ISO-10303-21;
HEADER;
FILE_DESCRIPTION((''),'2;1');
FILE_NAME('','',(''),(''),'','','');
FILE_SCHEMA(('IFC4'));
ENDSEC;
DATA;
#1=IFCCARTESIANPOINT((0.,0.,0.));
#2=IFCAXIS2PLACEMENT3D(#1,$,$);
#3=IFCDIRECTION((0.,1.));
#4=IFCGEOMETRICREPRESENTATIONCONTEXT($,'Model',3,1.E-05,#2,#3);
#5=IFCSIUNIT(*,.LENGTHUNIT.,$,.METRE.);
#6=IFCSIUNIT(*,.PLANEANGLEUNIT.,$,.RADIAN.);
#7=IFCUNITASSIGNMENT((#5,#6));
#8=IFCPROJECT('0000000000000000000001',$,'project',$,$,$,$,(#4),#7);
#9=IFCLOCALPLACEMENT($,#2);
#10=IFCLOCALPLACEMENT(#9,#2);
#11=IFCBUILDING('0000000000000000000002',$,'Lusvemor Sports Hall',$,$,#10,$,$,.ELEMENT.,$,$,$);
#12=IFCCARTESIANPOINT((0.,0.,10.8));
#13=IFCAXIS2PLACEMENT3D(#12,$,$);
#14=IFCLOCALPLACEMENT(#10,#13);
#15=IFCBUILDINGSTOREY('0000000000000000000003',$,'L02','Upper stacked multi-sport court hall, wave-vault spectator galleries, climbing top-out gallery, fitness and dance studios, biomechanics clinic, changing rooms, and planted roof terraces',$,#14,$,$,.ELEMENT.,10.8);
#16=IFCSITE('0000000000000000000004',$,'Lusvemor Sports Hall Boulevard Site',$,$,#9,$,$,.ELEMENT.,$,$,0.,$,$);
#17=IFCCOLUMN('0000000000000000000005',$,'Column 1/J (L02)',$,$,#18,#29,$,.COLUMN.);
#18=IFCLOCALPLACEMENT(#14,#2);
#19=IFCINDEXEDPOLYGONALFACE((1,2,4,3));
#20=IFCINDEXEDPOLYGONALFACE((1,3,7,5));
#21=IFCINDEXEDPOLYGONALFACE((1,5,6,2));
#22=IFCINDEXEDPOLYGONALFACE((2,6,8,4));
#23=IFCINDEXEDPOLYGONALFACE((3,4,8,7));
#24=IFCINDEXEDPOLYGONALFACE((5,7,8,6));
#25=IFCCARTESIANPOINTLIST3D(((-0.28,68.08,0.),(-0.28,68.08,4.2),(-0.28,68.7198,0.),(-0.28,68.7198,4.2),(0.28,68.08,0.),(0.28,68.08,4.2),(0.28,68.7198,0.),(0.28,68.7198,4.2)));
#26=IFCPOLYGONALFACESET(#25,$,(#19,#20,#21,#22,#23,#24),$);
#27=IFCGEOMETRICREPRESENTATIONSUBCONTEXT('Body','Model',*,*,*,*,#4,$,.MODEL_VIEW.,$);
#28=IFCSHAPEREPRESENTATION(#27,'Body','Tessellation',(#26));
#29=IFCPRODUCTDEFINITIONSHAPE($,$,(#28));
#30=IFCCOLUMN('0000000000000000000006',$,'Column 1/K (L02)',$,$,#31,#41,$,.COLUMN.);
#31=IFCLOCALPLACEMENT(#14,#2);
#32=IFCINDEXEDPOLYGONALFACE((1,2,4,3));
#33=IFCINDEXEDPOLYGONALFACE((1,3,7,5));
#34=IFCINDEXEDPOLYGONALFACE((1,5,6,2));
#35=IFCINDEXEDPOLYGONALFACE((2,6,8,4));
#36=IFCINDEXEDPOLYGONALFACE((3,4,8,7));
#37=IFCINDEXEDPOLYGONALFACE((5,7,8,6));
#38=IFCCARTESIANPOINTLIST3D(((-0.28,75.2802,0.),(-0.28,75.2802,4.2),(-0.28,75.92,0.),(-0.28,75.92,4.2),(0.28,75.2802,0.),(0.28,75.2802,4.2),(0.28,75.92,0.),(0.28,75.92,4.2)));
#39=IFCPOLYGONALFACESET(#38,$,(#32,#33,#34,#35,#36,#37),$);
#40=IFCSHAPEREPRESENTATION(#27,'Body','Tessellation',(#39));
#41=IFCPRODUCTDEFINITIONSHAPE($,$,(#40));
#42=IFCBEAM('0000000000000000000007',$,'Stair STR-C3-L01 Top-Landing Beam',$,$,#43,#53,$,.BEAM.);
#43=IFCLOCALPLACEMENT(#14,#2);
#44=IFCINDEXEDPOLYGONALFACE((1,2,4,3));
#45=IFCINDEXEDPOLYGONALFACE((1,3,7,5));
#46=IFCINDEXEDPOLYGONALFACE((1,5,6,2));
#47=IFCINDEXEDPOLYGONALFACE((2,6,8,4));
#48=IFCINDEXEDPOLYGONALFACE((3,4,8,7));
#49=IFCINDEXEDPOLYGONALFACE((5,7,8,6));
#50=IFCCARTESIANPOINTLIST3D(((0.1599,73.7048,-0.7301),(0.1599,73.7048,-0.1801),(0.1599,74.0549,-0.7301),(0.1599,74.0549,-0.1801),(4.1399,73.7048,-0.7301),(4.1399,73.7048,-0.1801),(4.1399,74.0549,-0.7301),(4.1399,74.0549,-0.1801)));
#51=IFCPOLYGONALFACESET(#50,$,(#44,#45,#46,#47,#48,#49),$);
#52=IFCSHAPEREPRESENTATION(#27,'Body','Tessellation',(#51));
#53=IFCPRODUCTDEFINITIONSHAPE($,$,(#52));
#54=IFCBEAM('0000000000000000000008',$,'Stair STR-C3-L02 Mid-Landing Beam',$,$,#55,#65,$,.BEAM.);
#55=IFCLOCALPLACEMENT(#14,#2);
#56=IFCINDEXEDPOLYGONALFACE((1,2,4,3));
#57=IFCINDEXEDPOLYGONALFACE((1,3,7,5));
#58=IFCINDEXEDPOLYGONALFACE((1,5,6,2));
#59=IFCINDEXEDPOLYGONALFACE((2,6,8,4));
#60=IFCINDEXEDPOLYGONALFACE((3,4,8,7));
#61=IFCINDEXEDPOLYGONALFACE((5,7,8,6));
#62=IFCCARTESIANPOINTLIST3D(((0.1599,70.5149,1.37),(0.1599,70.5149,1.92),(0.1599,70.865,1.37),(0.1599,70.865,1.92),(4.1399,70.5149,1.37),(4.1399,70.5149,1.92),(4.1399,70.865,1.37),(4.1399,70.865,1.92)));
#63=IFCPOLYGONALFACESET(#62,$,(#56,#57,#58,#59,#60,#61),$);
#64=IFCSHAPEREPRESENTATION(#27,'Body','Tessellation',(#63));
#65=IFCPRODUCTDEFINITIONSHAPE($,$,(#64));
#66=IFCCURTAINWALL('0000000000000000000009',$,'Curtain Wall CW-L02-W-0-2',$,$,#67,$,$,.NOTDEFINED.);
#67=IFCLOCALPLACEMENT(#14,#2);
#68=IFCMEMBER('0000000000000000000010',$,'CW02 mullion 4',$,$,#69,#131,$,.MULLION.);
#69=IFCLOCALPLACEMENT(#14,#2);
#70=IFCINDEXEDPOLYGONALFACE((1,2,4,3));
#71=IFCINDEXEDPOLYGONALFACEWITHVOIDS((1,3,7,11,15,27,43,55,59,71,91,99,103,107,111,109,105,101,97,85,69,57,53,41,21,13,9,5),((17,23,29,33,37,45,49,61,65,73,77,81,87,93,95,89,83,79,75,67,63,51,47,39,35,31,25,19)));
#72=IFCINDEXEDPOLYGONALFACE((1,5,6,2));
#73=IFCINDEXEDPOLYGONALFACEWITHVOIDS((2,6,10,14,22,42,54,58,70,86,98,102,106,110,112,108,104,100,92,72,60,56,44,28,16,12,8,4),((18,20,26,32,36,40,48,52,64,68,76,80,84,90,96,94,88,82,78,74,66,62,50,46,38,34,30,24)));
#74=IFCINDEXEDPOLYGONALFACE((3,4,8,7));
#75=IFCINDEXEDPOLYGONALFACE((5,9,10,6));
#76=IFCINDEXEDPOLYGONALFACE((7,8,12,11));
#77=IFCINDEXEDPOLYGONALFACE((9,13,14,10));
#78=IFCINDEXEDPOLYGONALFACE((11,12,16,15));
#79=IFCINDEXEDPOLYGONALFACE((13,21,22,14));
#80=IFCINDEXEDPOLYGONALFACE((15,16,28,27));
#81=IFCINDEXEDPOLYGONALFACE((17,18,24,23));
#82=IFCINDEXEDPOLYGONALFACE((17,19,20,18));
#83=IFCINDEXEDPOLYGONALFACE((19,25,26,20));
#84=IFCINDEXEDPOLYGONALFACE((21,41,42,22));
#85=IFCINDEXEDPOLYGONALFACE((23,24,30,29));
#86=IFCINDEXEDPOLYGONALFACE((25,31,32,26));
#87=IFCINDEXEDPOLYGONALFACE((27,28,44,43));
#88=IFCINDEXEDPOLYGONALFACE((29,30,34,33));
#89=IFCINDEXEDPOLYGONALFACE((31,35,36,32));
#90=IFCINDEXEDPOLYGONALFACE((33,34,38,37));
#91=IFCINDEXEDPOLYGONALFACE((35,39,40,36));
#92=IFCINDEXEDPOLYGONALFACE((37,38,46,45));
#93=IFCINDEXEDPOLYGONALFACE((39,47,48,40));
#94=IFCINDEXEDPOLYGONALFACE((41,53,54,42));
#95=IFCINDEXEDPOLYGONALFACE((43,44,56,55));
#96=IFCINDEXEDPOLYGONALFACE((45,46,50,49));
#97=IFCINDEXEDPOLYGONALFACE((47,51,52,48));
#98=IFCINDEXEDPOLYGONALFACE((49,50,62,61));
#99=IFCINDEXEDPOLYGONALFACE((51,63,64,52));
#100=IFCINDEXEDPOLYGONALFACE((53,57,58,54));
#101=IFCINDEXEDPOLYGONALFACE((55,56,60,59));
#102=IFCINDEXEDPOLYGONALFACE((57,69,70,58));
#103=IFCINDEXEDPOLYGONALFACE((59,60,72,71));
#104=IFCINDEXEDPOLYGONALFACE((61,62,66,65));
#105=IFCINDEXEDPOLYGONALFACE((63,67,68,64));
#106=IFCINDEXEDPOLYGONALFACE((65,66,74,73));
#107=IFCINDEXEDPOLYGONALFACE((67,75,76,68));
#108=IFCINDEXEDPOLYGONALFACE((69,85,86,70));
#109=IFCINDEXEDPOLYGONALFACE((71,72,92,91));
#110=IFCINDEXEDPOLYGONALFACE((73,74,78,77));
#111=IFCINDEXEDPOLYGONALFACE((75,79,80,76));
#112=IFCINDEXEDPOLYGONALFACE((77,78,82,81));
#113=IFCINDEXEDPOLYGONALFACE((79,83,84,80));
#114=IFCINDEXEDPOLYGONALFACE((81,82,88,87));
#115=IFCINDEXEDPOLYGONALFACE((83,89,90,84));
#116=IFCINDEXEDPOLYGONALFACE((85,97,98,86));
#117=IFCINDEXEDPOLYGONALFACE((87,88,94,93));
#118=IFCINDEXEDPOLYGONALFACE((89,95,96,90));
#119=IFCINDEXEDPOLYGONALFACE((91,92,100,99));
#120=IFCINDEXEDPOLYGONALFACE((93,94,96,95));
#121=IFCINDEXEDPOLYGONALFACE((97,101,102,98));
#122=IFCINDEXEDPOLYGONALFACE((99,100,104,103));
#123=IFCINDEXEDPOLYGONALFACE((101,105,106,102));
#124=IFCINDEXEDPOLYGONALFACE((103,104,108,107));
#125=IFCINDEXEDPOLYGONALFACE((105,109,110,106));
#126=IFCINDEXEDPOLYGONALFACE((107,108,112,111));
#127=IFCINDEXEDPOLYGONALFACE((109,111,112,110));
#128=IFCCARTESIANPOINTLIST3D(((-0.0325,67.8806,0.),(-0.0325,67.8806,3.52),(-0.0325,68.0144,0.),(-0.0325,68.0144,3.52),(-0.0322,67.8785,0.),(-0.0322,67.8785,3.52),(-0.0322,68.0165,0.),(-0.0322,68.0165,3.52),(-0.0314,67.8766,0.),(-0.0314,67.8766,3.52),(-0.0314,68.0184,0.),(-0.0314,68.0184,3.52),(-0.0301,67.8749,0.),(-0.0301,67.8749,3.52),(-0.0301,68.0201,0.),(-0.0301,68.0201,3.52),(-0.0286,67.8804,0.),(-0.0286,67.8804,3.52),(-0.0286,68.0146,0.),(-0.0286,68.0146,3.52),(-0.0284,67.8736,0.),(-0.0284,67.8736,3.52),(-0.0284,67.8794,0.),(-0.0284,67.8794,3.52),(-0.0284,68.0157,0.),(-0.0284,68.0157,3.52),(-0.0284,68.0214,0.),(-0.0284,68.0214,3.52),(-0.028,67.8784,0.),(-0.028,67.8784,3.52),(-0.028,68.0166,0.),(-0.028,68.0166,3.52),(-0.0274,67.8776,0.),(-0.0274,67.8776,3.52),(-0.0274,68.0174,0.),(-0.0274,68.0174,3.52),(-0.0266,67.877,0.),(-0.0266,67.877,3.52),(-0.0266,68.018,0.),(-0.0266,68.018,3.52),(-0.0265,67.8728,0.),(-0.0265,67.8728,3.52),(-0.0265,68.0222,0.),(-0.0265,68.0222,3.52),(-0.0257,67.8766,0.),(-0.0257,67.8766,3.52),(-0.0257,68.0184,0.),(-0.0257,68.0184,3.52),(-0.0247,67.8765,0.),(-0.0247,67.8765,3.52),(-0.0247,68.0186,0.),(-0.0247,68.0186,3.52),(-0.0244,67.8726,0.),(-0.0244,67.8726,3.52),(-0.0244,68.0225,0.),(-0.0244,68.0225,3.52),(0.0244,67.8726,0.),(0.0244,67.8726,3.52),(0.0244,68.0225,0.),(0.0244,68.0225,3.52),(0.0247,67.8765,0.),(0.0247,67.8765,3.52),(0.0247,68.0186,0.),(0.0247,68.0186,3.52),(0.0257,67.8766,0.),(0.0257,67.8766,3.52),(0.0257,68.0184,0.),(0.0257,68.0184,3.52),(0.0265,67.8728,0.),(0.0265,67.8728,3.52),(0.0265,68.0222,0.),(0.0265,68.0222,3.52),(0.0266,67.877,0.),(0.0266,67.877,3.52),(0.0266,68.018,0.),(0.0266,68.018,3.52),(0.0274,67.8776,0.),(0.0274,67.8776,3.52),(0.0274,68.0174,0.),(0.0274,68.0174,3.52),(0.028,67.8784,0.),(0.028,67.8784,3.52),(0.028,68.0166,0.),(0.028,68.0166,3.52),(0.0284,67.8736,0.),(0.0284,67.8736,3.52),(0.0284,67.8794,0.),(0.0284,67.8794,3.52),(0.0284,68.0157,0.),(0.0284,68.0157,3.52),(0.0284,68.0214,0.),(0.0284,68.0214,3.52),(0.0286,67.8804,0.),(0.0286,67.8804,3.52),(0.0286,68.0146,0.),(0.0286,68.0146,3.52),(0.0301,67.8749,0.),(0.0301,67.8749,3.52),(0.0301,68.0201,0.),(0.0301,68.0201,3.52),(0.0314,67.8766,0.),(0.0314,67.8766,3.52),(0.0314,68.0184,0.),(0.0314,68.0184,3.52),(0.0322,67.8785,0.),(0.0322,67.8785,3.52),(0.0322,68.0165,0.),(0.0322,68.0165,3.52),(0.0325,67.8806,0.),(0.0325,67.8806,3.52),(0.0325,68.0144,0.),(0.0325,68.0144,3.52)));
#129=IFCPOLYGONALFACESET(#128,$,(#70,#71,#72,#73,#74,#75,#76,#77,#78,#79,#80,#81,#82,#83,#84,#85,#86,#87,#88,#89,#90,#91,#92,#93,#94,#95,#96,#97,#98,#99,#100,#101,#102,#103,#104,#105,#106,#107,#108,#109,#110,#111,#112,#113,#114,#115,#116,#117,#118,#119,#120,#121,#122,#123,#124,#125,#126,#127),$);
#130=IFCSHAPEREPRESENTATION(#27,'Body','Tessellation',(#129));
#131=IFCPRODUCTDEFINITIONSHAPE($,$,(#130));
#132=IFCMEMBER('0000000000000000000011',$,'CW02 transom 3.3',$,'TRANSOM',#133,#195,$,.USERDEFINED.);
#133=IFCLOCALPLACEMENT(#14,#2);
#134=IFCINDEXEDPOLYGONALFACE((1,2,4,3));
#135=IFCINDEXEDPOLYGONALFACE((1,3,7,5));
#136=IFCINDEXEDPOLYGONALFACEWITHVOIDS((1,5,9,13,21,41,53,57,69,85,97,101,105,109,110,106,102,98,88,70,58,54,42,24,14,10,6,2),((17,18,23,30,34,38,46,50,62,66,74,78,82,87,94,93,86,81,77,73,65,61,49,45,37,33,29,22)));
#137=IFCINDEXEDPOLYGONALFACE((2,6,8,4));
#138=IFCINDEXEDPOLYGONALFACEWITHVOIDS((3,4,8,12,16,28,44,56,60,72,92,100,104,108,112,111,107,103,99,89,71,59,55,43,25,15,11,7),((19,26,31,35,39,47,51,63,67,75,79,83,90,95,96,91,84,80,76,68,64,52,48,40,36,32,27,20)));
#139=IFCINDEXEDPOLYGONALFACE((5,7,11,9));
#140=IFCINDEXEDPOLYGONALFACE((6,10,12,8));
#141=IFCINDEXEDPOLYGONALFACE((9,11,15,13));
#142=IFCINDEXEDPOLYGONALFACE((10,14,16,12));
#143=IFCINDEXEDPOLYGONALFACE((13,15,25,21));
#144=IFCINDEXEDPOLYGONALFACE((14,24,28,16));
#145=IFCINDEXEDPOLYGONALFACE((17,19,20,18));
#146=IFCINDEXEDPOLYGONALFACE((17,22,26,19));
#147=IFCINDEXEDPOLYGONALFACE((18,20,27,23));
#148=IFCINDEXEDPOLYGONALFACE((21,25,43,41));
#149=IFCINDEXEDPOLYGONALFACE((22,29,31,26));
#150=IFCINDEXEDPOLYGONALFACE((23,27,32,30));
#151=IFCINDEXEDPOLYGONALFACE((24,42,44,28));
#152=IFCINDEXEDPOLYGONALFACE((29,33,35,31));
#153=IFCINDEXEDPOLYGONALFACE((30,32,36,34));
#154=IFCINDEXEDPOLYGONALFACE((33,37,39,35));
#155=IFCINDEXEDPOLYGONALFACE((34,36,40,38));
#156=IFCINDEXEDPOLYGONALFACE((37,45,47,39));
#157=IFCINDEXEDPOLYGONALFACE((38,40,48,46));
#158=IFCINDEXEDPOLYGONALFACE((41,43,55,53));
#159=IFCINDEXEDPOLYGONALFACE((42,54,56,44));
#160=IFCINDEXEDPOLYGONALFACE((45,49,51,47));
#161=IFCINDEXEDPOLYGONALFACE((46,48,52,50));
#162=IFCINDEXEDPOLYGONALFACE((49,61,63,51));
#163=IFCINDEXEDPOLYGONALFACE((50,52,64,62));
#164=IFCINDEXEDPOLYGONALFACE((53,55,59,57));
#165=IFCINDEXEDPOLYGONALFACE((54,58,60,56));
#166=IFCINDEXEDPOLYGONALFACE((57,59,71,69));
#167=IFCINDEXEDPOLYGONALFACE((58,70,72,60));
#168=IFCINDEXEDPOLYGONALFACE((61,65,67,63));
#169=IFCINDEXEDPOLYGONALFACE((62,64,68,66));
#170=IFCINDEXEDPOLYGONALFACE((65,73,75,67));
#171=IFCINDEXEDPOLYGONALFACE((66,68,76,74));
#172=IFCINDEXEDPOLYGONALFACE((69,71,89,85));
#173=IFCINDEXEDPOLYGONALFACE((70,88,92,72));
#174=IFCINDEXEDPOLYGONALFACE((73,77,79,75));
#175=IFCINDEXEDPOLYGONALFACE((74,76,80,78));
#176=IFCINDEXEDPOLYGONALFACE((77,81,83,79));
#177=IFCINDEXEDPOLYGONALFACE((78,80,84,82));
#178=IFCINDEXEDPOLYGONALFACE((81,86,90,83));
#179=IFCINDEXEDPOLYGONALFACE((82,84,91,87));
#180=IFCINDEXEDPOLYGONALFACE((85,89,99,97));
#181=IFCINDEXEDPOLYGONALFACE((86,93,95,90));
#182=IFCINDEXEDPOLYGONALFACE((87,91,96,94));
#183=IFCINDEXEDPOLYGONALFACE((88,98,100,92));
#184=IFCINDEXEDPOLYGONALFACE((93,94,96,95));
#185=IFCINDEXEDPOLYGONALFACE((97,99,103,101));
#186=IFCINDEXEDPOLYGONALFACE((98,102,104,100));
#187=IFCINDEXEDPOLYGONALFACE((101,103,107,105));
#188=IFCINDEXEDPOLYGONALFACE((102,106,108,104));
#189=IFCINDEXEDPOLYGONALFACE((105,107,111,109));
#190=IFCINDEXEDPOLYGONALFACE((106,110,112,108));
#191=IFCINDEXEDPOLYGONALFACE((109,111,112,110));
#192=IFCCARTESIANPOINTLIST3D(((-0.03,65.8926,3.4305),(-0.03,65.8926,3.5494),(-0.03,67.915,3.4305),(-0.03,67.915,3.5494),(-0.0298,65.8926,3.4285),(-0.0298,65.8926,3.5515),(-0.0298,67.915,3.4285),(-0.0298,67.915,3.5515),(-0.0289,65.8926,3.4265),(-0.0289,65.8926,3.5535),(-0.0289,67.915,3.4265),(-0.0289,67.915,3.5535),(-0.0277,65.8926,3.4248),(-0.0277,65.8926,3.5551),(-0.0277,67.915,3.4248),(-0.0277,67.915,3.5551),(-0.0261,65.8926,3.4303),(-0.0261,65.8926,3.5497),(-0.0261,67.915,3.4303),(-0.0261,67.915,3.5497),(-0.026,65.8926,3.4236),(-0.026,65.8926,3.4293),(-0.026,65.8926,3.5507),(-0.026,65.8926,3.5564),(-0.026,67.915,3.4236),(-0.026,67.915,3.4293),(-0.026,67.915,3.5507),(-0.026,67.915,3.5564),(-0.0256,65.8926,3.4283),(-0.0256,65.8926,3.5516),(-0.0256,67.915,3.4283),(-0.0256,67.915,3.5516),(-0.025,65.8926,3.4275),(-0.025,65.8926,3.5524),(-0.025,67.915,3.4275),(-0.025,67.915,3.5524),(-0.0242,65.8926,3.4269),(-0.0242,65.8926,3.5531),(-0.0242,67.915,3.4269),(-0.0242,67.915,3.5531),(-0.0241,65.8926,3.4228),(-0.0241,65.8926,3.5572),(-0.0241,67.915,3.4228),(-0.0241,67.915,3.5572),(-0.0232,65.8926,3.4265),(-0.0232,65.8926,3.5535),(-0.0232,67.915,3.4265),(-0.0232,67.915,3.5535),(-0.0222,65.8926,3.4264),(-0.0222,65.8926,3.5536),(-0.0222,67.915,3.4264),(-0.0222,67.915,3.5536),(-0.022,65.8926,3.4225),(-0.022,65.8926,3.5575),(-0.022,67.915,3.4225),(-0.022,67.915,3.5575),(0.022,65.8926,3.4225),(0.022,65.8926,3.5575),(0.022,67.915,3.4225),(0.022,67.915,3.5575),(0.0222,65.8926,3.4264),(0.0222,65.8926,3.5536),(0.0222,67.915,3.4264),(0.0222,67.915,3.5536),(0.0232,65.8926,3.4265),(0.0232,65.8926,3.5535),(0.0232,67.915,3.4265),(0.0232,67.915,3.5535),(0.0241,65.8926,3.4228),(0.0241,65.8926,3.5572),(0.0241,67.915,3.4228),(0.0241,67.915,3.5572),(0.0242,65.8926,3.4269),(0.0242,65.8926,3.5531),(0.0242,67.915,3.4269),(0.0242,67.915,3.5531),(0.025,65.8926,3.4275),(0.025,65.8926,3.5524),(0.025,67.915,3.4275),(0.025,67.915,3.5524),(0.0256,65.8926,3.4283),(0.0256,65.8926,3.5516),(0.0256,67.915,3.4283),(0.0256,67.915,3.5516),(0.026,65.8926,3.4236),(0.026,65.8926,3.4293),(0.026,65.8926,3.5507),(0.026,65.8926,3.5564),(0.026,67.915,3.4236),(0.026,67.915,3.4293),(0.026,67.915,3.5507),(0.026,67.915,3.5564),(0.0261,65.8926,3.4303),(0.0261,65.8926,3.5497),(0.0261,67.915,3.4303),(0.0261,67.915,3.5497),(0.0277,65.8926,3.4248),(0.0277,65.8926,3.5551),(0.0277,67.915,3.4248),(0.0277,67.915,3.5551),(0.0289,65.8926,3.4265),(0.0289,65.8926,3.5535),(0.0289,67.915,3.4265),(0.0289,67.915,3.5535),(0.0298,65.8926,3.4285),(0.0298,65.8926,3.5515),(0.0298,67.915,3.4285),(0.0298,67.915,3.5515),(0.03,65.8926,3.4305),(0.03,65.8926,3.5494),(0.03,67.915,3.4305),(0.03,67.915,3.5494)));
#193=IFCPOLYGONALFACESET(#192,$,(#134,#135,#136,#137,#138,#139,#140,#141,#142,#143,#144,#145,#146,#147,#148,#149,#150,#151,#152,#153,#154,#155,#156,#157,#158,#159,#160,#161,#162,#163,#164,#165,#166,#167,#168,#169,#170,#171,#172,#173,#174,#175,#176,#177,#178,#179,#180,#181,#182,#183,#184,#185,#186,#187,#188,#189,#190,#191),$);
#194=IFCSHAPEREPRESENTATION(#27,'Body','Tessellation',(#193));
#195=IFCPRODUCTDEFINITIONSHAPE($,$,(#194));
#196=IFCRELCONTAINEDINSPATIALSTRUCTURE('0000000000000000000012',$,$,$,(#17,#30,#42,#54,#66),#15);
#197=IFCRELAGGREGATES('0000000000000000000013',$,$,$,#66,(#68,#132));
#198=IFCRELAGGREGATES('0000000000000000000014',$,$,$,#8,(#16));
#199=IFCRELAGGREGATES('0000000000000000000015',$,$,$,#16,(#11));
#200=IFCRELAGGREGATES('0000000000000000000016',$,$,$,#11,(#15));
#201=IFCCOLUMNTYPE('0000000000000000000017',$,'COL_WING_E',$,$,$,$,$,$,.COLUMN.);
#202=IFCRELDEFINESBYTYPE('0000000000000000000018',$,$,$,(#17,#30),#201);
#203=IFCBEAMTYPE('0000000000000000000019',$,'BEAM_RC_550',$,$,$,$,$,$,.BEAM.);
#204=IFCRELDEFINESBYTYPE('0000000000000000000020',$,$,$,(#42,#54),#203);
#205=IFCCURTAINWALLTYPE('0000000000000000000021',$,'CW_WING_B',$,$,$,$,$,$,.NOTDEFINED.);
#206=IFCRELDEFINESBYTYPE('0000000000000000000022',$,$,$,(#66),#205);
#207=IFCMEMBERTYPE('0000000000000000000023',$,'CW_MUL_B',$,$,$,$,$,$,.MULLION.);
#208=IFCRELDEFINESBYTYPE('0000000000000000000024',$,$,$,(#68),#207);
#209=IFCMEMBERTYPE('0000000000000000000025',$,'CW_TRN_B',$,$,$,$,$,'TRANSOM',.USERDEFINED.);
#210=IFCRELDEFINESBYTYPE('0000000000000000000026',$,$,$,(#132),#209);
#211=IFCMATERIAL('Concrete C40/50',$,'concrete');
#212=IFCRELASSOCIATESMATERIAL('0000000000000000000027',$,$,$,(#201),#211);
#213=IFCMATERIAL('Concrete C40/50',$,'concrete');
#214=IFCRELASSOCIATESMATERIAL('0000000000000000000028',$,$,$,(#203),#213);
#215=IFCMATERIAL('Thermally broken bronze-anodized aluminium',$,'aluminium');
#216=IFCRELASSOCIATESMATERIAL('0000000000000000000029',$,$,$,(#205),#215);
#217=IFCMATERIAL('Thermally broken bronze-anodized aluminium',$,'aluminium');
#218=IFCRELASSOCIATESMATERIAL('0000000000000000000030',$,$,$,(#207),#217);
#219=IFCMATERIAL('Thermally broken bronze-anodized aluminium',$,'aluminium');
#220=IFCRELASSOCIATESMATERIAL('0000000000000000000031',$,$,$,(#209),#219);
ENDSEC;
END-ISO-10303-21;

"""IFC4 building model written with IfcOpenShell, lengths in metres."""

from ifc_helpers import new_model, si_unit, direction, frame, origin, origin_2d, place, context, subcontext, project, spatial, rectangle, hollow_rectangle, extrude, material, material_profile, profile_set, type_object, element, aggregate, save


model = new_model("IFC4")

# Units and contexts
model_context = context("Model", 3, precision=1e-05, world=origin(), true_north=direction((0.0, 1.0)))
body_context = subcontext(model_context, "Body", "Model", "MODEL_VIEW")
ifc_project = project(units=[si_unit("LENGTHUNIT", "METRE"), si_unit("PLANEANGLEUNIT", "RADIAN")], contexts=[model_context])

# Site, building, storey
site_placement = place(None, origin())
site = spatial("IfcSite", under=ifc_project, at=site_placement, Name="Lusvemor Sports Hall Boulevard Site", CompositionType="ELEMENT", RefElevation=0.0)
building_placement = place(site_placement, origin())
building = spatial("IfcBuilding", under=site, at=building_placement, Name="Lusvemor Sports Hall", CompositionType="ELEMENT")
storey_placement = place(building_placement, frame((0.0, 0.0, 10.8)))
storey = spatial("IfcBuildingStorey", under=building, at=storey_placement, Name="L02", Description="Upper stacked multi-sport court hall, wave-vault spectator galleries, climbing top-out gallery, fitness and dance studios, biomechanics clinic, changing rooms, and planted roof terraces", CompositionType="ELEMENT", Elevation=10.8)

# Columns
ifc_material_1 = material(Name="Concrete C40/50", Category="concrete")
ifc_material_profile_1 = material_profile(ifc_material_1, rectangle(XDim=0.5601, YDim=0.6399, at=origin_2d()), Name="RC560x640")
ifc_profile_set_1 = profile_set([ifc_material_profile_1], Name="Concrete C40/50")
column_type = type_object("IfcColumnType", Name="COL_WING_E", PredefinedType="COLUMN", material=ifc_profile_set_1)
for number, where, z_axis, x_axis, name in (
    (1, (0.0, 68.3999, 0.0), (0.0, 0.0, 1.0), (1.0, 0.0, 0.0), "Column 1/J (L02)"),
    (2, (0.0, 75.6001, 0.0), (0.0, 0.0, 1.0), (1.0, 0.0, 0.0), "Column 1/K (L02)"),
):
    element("IfcColumn", number, at=place(storey_placement, frame(where, z_axis=z_axis, x_axis=x_axis)), inside=storey, type_object=column_type, Name=name, PredefinedType="COLUMN", context=body_context, shape_type="SweptSolid", body=[
        extrude(rectangle(XDim=0.5601, YDim=0.6399, at=origin_2d()), origin(), (0.0, 0.0, 1.0), 4.2),
    ])

# Beams
ifc_material_2 = material(Name="Concrete C40/50", Category="concrete")
ifc_material_profile_2 = material_profile(ifc_material_2, rectangle(XDim=0.3501, YDim=0.55, at=origin_2d()), Name="RC350x550")
ifc_profile_set_2 = profile_set([ifc_material_profile_2], Name="Concrete C40/50")
beam_type_1 = type_object("IfcBeamType", Name="BEAM_RC_550", PredefinedType="BEAM", material=ifc_profile_set_2)
for number, where, z_axis, x_axis, name in (
    (3, (0.1599, 73.8799, -0.4551), (1.0, 0.0, 0.0), (0.0, 1.0, 0.0), "Stair STR-C3-L01 Top-Landing Beam"),
    (4, (0.1599, 70.6899, 1.645), (1.0, 0.0, 0.0), (0.0, 1.0, 0.0), "Stair STR-C3-L02 Mid-Landing Beam"),
):
    element("IfcBeam", number, at=place(storey_placement, frame(where, z_axis=z_axis, x_axis=x_axis)), inside=storey, type_object=beam_type_1, Name=name, PredefinedType="BEAM", context=body_context, shape_type="SweptSolid", body=[
        extrude(rectangle(XDim=0.3501, YDim=0.55, at=origin_2d()), origin(), (0.0, 0.0, 1.0), 3.98),
    ])

# Curtain wall, members
ifc_material_3 = material(Name="Thermally broken bronze-anodized aluminium", Category="aluminium")
curtain_wall_type = type_object("IfcCurtainWallType", Name="CW_WING_B", PredefinedType="NOTDEFINED", material=ifc_material_3)
curtain_wall_placement = place(storey_placement, origin())
curtain_wall = element("IfcCurtainWall", 5, at=curtain_wall_placement, inside=storey, type_object=curtain_wall_type, Name="Curtain Wall CW-L02-W-0-2", PredefinedType="NOTDEFINED")
ifc_material_4 = material(Name="Thermally broken bronze-anodized aluminium", Category="aluminium")
ifc_material_profile_3 = material_profile(ifc_material_4, hollow_rectangle(XDim=0.0649, YDim=0.1499, WallThickness=0.0039, InnerFilletRadius=0.0039, OuterFilletRadius=0.0081, at=origin_2d()), Name="CWMUL150x65x4")
ifc_profile_set_3 = profile_set([ifc_material_profile_3], Name="Thermally broken bronze-anodized aluminium")
member_type_1 = type_object("IfcMemberType", Name="CW_MUL_B", PredefinedType="MULLION", material=ifc_profile_set_3)
member_1_placement = place(storey_placement, frame((0.0, 67.9475, 0.0), z_axis=(0.0, 0.0, 1.0), x_axis=(-1.0, 0.0, 0.0)))
member_1 = element("IfcMember", 6, at=member_1_placement, type_object=member_type_1, Name="CW02 mullion 4", PredefinedType="MULLION", context=body_context, shape_type="SweptSolid", body=[
    extrude(hollow_rectangle(XDim=0.0649, YDim=0.1499, WallThickness=0.0039, InnerFilletRadius=0.0039, OuterFilletRadius=0.0081, at=origin_2d()), origin(), (0.0, 0.0, 1.0), 3.52),
])
ifc_material_5 = material(Name="Thermally broken bronze-anodized aluminium", Category="aluminium")
ifc_material_profile_4 = material_profile(ifc_material_5, hollow_rectangle(XDim=0.0601, YDim=0.135, WallThickness=0.0039, InnerFilletRadius=0.0039, OuterFilletRadius=0.0081, at=origin_2d()), Name="CWTRN135x60x4")
ifc_profile_set_4 = profile_set([ifc_material_profile_4], Name="Thermally broken bronze-anodized aluminium")
member_type_2 = type_object("IfcMemberType", Name="CW_TRN_B", ElementType="TRANSOM", PredefinedType="USERDEFINED", material=ifc_profile_set_4)
member_2_placement = place(storey_placement, frame((0.0, 65.8926, 3.49), z_axis=(0.0, 1.0, 0.0), x_axis=(-1.0, 0.0, 0.0)))
member_2 = element("IfcMember", 7, at=member_2_placement, type_object=member_type_2, Name="CW02 transom 3.3", ObjectType="TRANSOM", PredefinedType="USERDEFINED", context=body_context, shape_type="SweptSolid", body=[
    extrude(hollow_rectangle(XDim=0.0601, YDim=0.135, WallThickness=0.0039, InnerFilletRadius=0.0039, OuterFilletRadius=0.0081, at=origin_2d()), origin(), (0.0, 0.0, 1.0), 2.0225),
])

aggregate(curtain_wall, [member_1, member_2])

save(model, "model.ifc")
